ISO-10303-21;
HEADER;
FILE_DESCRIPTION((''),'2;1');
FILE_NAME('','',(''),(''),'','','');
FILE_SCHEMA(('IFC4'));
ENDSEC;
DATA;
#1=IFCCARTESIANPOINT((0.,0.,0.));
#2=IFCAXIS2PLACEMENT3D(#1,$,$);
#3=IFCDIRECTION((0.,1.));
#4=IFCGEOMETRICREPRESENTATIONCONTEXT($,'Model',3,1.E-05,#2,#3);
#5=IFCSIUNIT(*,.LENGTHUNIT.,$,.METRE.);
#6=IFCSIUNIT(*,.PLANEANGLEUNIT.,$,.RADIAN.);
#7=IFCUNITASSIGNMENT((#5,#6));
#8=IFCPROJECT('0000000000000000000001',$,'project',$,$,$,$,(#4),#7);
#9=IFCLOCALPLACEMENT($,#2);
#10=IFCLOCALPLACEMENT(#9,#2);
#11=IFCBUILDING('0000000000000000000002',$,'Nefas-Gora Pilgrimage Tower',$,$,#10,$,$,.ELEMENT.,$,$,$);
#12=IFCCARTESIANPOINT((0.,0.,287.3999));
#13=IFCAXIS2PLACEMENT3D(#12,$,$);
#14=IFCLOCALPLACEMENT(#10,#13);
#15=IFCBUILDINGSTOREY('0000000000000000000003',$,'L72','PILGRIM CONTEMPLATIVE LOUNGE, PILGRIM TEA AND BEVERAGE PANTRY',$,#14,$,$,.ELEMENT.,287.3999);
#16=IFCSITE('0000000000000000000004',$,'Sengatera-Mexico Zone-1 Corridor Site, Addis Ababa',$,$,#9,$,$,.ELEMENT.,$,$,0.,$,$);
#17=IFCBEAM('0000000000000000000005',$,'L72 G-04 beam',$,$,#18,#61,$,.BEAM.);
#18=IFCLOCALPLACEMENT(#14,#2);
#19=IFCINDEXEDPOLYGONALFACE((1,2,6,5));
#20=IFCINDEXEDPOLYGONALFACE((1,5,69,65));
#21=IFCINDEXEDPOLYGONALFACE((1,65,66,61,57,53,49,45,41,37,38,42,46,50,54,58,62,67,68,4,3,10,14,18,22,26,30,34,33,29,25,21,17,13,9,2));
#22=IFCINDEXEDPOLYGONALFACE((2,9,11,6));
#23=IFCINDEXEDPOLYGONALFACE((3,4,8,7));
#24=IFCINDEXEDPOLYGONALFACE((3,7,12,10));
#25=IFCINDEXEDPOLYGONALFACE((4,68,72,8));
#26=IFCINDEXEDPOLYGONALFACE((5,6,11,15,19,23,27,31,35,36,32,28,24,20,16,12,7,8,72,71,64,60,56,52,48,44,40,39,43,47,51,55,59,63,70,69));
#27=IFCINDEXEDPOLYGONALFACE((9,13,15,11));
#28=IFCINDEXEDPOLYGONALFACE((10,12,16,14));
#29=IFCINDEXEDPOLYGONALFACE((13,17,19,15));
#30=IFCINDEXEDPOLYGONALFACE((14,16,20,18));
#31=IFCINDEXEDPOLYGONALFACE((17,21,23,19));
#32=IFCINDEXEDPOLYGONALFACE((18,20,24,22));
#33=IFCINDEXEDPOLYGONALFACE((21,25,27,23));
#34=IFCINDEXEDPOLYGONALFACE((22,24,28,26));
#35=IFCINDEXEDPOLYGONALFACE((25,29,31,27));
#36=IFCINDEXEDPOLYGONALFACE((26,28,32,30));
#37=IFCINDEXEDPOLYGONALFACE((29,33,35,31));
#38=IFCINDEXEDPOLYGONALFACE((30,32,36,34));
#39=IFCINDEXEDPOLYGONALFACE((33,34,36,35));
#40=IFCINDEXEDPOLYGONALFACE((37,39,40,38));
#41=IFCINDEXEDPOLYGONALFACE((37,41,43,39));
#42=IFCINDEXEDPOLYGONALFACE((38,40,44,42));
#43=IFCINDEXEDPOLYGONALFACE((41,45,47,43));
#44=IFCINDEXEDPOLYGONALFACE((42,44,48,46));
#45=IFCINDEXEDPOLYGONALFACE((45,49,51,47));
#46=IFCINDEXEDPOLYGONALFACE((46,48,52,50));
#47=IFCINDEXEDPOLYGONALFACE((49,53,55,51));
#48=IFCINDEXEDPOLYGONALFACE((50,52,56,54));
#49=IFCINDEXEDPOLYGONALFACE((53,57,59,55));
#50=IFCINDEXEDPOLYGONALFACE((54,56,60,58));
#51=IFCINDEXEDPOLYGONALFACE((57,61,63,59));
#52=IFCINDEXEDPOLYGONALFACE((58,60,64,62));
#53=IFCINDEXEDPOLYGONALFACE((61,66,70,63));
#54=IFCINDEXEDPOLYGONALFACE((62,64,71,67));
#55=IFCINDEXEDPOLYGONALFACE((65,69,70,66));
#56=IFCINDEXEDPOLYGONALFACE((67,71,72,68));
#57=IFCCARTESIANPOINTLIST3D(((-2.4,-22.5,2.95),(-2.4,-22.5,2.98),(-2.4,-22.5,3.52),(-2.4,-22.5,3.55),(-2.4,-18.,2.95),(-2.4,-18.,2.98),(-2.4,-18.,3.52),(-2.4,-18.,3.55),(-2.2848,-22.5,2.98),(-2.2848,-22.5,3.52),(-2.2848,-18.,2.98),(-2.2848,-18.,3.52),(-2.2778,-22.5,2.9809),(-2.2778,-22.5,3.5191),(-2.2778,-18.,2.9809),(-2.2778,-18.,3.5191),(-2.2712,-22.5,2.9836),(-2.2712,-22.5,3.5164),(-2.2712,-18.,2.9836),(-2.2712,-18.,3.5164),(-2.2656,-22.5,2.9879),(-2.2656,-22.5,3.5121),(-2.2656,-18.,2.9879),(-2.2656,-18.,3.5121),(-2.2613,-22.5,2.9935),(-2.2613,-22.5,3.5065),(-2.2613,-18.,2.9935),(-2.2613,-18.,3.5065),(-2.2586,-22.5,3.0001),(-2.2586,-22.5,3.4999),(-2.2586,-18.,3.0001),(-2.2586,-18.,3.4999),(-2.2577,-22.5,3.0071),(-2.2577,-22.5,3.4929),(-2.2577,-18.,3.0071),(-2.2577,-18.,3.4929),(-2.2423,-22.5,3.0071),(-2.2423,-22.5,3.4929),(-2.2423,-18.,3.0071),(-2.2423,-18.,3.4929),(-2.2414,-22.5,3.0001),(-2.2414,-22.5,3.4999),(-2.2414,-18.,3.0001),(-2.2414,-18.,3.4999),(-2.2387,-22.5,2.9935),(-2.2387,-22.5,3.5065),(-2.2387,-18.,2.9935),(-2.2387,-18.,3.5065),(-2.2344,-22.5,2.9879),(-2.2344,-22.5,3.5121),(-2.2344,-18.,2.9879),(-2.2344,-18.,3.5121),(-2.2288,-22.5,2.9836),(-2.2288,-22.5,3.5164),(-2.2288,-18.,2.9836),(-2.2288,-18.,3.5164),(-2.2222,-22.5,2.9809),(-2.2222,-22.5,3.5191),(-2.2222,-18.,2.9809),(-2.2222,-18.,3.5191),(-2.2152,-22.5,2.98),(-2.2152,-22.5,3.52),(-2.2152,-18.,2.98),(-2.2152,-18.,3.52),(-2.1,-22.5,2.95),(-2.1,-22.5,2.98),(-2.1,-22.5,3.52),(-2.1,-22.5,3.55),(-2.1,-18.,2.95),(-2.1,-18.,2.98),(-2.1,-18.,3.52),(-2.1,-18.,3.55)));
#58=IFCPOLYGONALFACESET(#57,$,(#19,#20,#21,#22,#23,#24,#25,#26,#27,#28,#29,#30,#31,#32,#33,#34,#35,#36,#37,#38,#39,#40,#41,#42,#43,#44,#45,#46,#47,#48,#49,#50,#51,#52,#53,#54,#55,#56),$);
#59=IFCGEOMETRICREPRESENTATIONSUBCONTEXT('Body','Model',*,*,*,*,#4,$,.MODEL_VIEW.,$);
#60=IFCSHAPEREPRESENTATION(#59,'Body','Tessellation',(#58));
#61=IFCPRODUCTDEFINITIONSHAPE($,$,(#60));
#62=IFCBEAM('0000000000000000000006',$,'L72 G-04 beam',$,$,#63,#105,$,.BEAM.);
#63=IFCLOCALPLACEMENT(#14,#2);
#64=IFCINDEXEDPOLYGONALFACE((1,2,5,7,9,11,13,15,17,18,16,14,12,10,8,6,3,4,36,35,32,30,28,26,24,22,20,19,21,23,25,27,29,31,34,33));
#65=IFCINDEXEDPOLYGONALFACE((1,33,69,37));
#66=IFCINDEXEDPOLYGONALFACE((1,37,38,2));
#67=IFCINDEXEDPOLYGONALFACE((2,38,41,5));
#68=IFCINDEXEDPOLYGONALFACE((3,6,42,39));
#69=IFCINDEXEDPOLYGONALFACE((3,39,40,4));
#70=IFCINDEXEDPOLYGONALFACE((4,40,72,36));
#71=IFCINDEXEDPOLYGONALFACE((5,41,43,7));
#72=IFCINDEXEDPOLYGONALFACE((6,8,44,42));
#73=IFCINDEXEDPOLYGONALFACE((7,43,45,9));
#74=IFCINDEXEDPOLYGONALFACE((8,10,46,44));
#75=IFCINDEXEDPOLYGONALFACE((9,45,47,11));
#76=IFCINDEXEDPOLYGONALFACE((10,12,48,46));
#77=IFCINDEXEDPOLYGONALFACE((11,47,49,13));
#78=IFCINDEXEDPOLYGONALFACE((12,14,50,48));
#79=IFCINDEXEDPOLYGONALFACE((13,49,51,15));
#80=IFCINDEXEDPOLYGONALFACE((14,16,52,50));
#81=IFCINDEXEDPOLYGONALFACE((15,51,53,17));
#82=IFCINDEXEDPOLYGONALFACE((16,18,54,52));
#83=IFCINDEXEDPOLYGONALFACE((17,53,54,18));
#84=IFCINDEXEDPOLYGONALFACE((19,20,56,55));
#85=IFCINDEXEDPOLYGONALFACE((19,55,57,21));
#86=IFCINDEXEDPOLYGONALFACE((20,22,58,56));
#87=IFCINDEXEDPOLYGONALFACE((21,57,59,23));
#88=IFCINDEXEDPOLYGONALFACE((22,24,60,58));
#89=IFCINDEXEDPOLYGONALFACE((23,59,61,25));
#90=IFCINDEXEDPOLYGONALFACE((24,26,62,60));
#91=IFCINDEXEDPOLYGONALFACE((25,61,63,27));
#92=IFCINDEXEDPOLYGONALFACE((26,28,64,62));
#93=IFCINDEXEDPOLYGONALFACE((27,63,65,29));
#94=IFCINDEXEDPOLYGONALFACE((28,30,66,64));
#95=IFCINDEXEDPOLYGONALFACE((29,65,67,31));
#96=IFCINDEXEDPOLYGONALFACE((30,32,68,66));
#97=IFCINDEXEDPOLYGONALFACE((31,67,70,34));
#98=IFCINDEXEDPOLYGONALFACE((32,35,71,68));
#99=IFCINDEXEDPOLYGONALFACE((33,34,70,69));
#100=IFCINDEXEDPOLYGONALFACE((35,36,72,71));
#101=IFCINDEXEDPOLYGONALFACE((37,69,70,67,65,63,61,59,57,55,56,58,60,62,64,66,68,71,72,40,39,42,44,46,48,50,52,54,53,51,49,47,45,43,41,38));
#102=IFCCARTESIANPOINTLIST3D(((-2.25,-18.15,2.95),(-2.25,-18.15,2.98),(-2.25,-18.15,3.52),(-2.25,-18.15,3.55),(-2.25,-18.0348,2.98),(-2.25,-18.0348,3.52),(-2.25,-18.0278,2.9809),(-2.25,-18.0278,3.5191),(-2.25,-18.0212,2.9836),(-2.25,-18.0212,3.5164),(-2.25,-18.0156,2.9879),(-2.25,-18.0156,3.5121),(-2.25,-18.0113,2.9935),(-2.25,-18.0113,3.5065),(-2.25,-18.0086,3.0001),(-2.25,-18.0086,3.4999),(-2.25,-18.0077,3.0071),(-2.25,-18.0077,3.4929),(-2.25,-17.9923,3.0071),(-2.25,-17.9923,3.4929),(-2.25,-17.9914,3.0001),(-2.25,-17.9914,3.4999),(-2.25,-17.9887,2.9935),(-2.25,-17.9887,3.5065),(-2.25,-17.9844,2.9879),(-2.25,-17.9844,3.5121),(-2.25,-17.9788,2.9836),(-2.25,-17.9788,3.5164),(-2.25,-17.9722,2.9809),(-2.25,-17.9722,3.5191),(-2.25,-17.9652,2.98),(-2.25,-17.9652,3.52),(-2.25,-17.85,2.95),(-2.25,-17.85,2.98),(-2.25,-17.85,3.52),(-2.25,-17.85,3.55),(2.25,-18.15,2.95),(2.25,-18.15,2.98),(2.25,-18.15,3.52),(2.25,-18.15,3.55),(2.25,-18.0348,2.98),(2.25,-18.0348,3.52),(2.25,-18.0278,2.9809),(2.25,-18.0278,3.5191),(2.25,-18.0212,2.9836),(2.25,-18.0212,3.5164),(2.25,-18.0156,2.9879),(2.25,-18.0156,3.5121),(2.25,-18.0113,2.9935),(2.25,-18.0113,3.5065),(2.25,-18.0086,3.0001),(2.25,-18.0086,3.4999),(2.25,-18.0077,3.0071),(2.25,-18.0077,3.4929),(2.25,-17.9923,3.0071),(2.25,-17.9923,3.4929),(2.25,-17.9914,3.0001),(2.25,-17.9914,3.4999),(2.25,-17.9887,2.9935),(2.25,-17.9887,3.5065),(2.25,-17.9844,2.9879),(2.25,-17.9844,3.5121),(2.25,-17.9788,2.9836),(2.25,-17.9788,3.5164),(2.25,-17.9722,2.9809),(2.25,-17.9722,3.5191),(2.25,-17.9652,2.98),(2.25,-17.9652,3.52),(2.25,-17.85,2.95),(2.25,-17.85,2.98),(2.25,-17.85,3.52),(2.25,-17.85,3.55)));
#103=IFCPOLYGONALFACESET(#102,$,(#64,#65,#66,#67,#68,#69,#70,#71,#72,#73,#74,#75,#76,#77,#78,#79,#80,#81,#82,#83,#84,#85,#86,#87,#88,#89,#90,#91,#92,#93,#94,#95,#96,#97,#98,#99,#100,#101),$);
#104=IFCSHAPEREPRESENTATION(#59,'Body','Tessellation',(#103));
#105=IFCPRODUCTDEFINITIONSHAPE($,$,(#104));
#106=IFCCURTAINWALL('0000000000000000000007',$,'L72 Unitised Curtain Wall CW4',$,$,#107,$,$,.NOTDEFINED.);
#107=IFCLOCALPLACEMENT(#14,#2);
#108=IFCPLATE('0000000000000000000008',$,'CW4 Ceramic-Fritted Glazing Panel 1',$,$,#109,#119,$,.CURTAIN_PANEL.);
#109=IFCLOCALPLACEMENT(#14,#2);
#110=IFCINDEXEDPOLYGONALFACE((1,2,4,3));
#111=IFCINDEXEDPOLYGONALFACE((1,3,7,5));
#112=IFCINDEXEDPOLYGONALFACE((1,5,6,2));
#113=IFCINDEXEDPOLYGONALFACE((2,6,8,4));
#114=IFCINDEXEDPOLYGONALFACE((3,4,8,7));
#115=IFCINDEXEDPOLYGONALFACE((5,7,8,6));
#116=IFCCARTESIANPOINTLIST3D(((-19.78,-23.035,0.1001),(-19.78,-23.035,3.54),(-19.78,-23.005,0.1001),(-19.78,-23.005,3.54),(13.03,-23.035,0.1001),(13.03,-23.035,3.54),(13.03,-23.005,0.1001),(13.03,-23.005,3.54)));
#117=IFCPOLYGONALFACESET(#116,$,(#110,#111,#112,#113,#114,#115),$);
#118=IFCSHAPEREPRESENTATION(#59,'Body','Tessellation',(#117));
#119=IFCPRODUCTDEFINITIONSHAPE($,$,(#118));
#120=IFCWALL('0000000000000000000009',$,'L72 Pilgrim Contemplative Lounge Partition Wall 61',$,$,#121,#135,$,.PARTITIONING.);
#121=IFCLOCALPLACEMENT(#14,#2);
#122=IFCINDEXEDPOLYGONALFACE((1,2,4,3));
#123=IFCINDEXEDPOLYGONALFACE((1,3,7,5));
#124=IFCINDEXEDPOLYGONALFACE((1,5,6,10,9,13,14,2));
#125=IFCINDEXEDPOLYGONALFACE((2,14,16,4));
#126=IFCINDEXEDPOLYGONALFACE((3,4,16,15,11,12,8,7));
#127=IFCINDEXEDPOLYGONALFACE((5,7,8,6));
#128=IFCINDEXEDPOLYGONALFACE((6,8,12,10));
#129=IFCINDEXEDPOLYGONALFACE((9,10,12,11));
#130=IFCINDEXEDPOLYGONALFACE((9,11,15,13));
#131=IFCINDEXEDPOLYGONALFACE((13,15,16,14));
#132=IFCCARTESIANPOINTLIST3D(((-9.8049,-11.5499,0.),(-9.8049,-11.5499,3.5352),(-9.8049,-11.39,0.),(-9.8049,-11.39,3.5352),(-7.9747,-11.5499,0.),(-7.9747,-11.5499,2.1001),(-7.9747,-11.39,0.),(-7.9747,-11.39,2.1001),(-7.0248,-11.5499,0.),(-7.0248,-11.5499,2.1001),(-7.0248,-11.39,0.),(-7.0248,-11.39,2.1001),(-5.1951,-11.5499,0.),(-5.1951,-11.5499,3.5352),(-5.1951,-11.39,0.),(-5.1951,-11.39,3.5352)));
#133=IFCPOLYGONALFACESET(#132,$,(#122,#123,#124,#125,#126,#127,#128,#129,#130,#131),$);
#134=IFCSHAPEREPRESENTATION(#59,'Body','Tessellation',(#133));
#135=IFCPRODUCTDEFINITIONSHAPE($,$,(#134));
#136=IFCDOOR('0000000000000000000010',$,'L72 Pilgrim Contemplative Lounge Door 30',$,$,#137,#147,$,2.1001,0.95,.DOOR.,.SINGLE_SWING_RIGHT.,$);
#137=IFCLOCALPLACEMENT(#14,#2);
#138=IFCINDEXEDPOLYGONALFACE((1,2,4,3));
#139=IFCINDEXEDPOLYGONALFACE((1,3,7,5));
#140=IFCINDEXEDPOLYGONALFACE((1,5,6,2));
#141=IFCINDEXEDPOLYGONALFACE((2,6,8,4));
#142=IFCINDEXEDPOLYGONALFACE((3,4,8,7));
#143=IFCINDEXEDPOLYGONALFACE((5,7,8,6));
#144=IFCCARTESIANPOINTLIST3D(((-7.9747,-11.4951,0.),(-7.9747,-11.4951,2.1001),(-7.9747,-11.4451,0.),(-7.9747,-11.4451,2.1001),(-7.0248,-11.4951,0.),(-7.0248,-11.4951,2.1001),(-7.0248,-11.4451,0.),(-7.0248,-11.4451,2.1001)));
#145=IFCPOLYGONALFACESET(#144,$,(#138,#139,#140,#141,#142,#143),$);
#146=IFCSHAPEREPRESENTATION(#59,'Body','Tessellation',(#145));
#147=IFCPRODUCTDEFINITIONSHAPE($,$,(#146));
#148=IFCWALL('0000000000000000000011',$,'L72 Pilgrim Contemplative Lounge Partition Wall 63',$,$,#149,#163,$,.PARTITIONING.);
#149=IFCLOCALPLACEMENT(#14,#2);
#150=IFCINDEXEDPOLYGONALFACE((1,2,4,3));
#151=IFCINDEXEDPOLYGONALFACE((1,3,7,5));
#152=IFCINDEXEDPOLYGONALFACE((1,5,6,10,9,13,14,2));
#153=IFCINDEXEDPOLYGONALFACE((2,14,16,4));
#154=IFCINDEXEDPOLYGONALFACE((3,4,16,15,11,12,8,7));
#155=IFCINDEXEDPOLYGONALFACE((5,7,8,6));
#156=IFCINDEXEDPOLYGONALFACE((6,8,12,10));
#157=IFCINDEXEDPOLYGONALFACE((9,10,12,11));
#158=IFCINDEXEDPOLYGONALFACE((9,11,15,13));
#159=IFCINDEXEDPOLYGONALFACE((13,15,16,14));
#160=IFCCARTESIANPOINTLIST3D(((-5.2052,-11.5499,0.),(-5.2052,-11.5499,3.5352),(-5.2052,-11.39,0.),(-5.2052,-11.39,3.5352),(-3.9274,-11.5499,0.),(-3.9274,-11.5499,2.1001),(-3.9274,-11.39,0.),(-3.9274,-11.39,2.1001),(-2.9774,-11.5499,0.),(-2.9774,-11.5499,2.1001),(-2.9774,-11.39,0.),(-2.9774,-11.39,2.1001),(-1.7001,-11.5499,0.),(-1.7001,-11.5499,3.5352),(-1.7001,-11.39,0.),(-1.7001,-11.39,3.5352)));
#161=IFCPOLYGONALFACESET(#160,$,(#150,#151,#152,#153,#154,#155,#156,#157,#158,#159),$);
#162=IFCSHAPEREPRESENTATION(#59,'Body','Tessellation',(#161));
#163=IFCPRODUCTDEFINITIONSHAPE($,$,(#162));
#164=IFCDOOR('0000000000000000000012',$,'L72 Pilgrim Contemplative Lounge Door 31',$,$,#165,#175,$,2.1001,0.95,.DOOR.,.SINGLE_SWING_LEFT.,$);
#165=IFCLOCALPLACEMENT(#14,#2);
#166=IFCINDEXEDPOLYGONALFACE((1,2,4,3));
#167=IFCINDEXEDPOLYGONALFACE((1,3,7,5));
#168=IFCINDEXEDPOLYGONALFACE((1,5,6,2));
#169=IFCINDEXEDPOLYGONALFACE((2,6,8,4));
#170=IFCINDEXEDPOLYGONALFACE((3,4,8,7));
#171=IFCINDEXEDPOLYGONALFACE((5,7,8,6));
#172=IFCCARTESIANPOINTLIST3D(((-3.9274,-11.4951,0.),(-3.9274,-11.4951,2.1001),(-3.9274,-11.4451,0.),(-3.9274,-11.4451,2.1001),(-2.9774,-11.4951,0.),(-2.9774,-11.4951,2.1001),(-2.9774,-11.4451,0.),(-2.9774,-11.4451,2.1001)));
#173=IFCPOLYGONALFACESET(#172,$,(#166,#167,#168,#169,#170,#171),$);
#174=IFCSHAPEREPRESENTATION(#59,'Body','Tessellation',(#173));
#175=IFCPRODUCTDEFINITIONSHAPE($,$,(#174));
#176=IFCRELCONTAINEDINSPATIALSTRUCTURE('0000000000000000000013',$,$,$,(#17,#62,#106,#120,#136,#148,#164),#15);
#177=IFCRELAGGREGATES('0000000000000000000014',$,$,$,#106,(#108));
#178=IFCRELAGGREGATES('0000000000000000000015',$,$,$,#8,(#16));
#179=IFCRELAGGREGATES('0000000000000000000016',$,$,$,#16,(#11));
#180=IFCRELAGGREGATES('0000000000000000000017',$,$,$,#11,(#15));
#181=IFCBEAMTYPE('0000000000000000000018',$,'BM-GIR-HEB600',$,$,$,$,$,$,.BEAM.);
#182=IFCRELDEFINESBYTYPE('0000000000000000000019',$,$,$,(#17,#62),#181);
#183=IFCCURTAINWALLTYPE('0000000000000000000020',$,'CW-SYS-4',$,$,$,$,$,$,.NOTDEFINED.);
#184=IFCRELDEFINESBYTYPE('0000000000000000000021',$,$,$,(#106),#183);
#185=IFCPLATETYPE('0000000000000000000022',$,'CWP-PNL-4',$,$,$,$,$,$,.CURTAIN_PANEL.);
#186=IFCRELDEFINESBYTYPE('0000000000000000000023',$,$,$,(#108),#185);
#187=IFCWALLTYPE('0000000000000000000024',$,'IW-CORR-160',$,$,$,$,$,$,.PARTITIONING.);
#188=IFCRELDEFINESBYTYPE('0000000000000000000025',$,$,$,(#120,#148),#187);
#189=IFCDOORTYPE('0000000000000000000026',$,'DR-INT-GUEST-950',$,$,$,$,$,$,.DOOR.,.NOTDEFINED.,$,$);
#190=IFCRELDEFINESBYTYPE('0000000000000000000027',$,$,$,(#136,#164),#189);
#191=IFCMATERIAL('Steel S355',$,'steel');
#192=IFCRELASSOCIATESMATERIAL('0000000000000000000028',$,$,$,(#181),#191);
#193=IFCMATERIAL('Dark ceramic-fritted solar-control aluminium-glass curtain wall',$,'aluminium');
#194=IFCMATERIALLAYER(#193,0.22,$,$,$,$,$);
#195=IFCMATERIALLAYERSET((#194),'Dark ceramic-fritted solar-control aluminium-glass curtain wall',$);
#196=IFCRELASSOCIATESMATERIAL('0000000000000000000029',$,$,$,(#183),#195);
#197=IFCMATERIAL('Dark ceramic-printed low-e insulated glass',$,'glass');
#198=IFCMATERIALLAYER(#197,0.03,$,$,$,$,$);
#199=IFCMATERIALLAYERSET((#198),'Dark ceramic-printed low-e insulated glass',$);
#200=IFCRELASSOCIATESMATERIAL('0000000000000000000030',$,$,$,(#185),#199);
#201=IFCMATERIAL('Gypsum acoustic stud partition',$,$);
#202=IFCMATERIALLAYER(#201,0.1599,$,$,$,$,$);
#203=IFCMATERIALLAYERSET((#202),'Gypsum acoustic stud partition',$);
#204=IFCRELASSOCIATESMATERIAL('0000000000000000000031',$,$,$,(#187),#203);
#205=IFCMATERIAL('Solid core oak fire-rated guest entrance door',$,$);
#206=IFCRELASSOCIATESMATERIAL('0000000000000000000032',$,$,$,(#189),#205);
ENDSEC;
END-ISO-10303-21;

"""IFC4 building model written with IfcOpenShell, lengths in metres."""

from ifc_helpers import new_model, si_unit, direction, frame, frame_2d, origin, origin_2d, place, context, subcontext, project, spatial, rectangle, i_section, extrude, source, transform, mapped, material, layer, layer_set, material_profile, profile_set, type_object, element, fill, aggregate, save


model = new_model("IFC4")

# Units and contexts
model_context = context("Model", 3, precision=1e-05, world=origin(), true_north=direction((0.0, 1.0)))
body_context = subcontext(model_context, "Body", "Model", "MODEL_VIEW")
ifc_project = project(units=[si_unit("LENGTHUNIT", "METRE"), si_unit("PLANEANGLEUNIT", "RADIAN")], contexts=[model_context])

# Site, building, storey
site_placement = place(None, origin())
site = spatial("IfcSite", under=ifc_project, at=site_placement, Name="Sengatera-Mexico Zone-1 Corridor Site, Addis Ababa", CompositionType="ELEMENT", RefElevation=0.0)
building_placement = place(site_placement, origin())
building = spatial("IfcBuilding", under=site, at=building_placement, Name="Nefas-Gora Pilgrimage Tower", CompositionType="ELEMENT")
storey_placement = place(building_placement, frame((0.0, 0.0, 287.3999)))
storey = spatial("IfcBuildingStorey", under=building, at=storey_placement, Name="L72", Description="PILGRIM CONTEMPLATIVE LOUNGE, PILGRIM TEA AND BEVERAGE PANTRY", CompositionType="ELEMENT", Elevation=287.3999)

# Shared definitions
ifc_material_1 = material(Name="Steel S355", Category="steel")

# Beams
ifc_material_profile_1 = material_profile(ifc_material_1, i_section(OverallWidth=0.3, OverallDepth=0.6001, WebThickness=0.0154, FlangeThickness=0.03, FilletRadius=0.0271, at=origin_2d()), Name="HEB 600")
ifc_profile_set_1 = profile_set([ifc_material_profile_1], Name="Steel S355")
beam_type_1 = type_object("IfcBeamType", Name="BM-GIR-HEB600", PredefinedType="BEAM", material=ifc_profile_set_1)
shared_shape_1 = source(origin(), body_context, "Body", "SweptSolid", [
    extrude(i_section(OverallWidth=0.3, OverallDepth=0.6001, WebThickness=0.0154, FlangeThickness=0.03, FilletRadius=0.0271, at=origin_2d()), origin(), (0.0, 0.0, 1.0), 4.5),
])
for number, where, z_axis, x_axis, name in (
    (1, (-2.25, -22.5, 3.25), (0.0, 1.0, 0.0), (-1.0, 0.0, 0.0), "L72 G-04 beam"),
    (2, (-2.25, -18.0, 3.25), (1.0, 0.0, 0.0), (0.0, 1.0, 0.0), "L72 G-04 beam"),
):
    element("IfcBeam", number, at=place(storey_placement, frame(where, z_axis=z_axis, x_axis=x_axis)), inside=storey, type_object=beam_type_1, Name=name, PredefinedType="BEAM", context=body_context, shape_type="MappedRepresentation", body=[
        mapped(shared_shape_1, transform((0.0, 0.0, 0.0), x_axis=(1.0, 0.0, 0.0), y_axis=(0.0, 1.0, 0.0), z_axis=(0.0, 0.0, 1.0), scale=1.0)),
    ])

# Curtain wall, plate
ifc_material_2 = material(Name="Dark ceramic-fritted solar-control aluminium-glass curtain wall", Category="aluminium")
ifc_layer_1 = layer(ifc_material_2, 0.22)
ifc_layer_set_1 = layer_set([ifc_layer_1], Name="Dark ceramic-fritted solar-control aluminium-glass curtain wall")
curtain_wall_type = type_object("IfcCurtainWallType", Name="CW-SYS-4", PredefinedType="NOTDEFINED", material=ifc_layer_set_1)
curtain_wall_placement = place(storey_placement, origin())
curtain_wall = element("IfcCurtainWall", 3, at=curtain_wall_placement, inside=storey, type_object=curtain_wall_type, Name="L72 Unitised Curtain Wall CW4", PredefinedType="NOTDEFINED")
ifc_material_3 = material(Name="Dark ceramic-printed low-e insulated glass", Category="glass")
ifc_layer_2 = layer(ifc_material_3, 0.03)
ifc_layer_set_2 = layer_set([ifc_layer_2], Name="Dark ceramic-printed low-e insulated glass")
plate_type = type_object("IfcPlateType", Name="CWP-PNL-4", PredefinedType="CURTAIN_PANEL", material=ifc_layer_set_2)
shared_shape_2 = source(origin(), body_context, "Body", "SweptSolid", [
    extrude(rectangle(XDim=32.8101, YDim=0.03, at=origin_2d()), origin(), (0.0, 0.0, 1.0), 3.4399),
])
plate_placement = place(storey_placement, frame((-3.375, -23.02, 0.1001), z_axis=(0.0, 0.0, 1.0), x_axis=(1.0, 0.0, 0.0)))
plate = element("IfcPlate", 4, at=plate_placement, type_object=plate_type, Name="CW4 Ceramic-Fritted Glazing Panel 1", PredefinedType="CURTAIN_PANEL", context=body_context, shape_type="MappedRepresentation", body=[
    mapped(shared_shape_2, transform((0.0, 0.0, 0.0), x_axis=(1.0, 0.0, 0.0), y_axis=(0.0, 1.0, 0.0), z_axis=(0.0, 0.0, 1.0), scale=1.0)),
])
aggregate(curtain_wall, [plate])

# Walls, openings, doors
ifc_material_4 = material(Name="Gypsum acoustic stud partition")
ifc_layer_3 = layer(ifc_material_4, 0.1599)
ifc_layer_set_3 = layer_set([ifc_layer_3], Name="Gypsum acoustic stud partition")
wall_type_1 = type_object("IfcWallType", Name="IW-CORR-160", PredefinedType="PARTITIONING", material=ifc_layer_set_3)
shared_shape_3 = source(origin(), body_context, "Body", "SweptSolid", [
    extrude(rectangle(XDim=4.6099, YDim=0.1599, at=frame_2d((2.3049, 0.0))), origin(), (0.0, 0.0, 1.0), 3.5352),
])
wall_1_placement = place(storey_placement, frame((-9.8049, -11.47, 0.0), z_axis=(0.0, 0.0, 1.0), x_axis=(1.0, 0.0, 0.0)))
wall_1 = element("IfcWall", 5, at=wall_1_placement, inside=storey, type_object=wall_type_1, Name="L72 Pilgrim Contemplative Lounge Partition Wall 61", PredefinedType="PARTITIONING", context=body_context, shape_type="MappedRepresentation", body=[
    mapped(shared_shape_3, transform((0.0, 0.0, 0.0), x_axis=(1.0, 0.0, 0.0), y_axis=(0.0, 1.0, 0.0), z_axis=(0.0, 0.0, 1.0), scale=1.0)),
])
opening_1_placement = place(wall_1_placement, frame((1.8301, 0.0, 0.0)))
opening_1 = element("IfcOpeningElement", 6, at=opening_1_placement, cuts=wall_1, PredefinedType="OPENING", context=body_context, shape_type="SweptSolid", body=[
    extrude(rectangle(XDim=0.95, YDim=2.1001, at=frame_2d((0.4751, 1.05))), frame((0.0, 0.0898, 0.0), z_axis=(0.0, -1.0, 0.0), x_axis=(1.0, 0.0, 0.0)), (0.0, 0.0, 1.0), 0.1799),
])
ifc_material_5 = material(Name="Solid core oak fire-rated guest entrance door")
door_type_1 = type_object("IfcDoorType", Name="DR-INT-GUEST-950", OperationType="NOTDEFINED", PredefinedType="DOOR", material=ifc_material_5)
shared_shape_4 = source(origin(), body_context, "Body", "SweptSolid", [
    extrude(rectangle(XDim=0.95, YDim=2.1001, at=frame_2d((0.4751, 1.05))), frame((0.0, 0.0249, 0.0), z_axis=(0.0, -1.0, 0.0), x_axis=(1.0, 0.0, 0.0)), (0.0, 0.0, 1.0), 0.05),
])
door_1_placement = place(opening_1_placement, origin())
door_1 = element("IfcDoor", 7, at=door_1_placement, inside=storey, type_object=door_type_1, Name="L72 Pilgrim Contemplative Lounge Door 30", OperationType="SINGLE_SWING_RIGHT", OverallHeight=2.1001, OverallWidth=0.95, PredefinedType="DOOR", context=body_context, shape_type="MappedRepresentation", body=[
    mapped(shared_shape_4, transform((0.0, 0.0, 0.0), x_axis=(1.0, 0.0, 0.0), y_axis=(0.0, 1.0, 0.0), z_axis=(0.0, 0.0, 1.0), scale=1.0)),
])
fill(opening_1, door_1)
shared_shape_5 = source(origin(), body_context, "Body", "SweptSolid", [
    extrude(rectangle(XDim=3.5051, YDim=0.1599, at=frame_2d((1.7524, 0.0))), origin(), (0.0, 0.0, 1.0), 3.5352),
])
wall_2_placement = place(storey_placement, frame((-5.2051, -11.47, 0.0), z_axis=(0.0, 0.0, 1.0), x_axis=(1.0, 0.0, 0.0)))
wall_2 = element("IfcWall", 8, at=wall_2_placement, inside=storey, type_object=wall_type_1, Name="L72 Pilgrim Contemplative Lounge Partition Wall 63", PredefinedType="PARTITIONING", context=body_context, shape_type="MappedRepresentation", body=[
    mapped(shared_shape_5, transform((0.0, 0.0, 0.0), x_axis=(1.0, 0.0, 0.0), y_axis=(0.0, 1.0, 0.0), z_axis=(0.0, 0.0, 1.0), scale=1.0)),
])
opening_2_placement = place(wall_2_placement, frame((1.2776, 0.0, 0.0)))
opening_2 = element("IfcOpeningElement", 9, at=opening_2_placement, cuts=wall_2, PredefinedType="OPENING", context=body_context, shape_type="SweptSolid", body=[
    extrude(rectangle(XDim=0.95, YDim=2.1001, at=frame_2d((0.4751, 1.05))), frame((0.0, 0.0898, 0.0), z_axis=(0.0, -1.0, 0.0), x_axis=(1.0, 0.0, 0.0)), (0.0, 0.0, 1.0), 0.1799),
])
door_2_placement = place(opening_2_placement, origin())
door_2 = element("IfcDoor", 10, at=door_2_placement, inside=storey, type_object=door_type_1, Name="L72 Pilgrim Contemplative Lounge Door 31", OperationType="SINGLE_SWING_LEFT", OverallHeight=2.1001, OverallWidth=0.95, PredefinedType="DOOR", context=body_context, shape_type="MappedRepresentation", body=[
    mapped(shared_shape_4, transform((0.0, 0.0, 0.0), x_axis=(1.0, 0.0, 0.0), y_axis=(0.0, 1.0, 0.0), z_axis=(0.0, 0.0, 1.0), scale=1.0)),
])
fill(opening_2, door_2)

save(model, "model.ifc")
